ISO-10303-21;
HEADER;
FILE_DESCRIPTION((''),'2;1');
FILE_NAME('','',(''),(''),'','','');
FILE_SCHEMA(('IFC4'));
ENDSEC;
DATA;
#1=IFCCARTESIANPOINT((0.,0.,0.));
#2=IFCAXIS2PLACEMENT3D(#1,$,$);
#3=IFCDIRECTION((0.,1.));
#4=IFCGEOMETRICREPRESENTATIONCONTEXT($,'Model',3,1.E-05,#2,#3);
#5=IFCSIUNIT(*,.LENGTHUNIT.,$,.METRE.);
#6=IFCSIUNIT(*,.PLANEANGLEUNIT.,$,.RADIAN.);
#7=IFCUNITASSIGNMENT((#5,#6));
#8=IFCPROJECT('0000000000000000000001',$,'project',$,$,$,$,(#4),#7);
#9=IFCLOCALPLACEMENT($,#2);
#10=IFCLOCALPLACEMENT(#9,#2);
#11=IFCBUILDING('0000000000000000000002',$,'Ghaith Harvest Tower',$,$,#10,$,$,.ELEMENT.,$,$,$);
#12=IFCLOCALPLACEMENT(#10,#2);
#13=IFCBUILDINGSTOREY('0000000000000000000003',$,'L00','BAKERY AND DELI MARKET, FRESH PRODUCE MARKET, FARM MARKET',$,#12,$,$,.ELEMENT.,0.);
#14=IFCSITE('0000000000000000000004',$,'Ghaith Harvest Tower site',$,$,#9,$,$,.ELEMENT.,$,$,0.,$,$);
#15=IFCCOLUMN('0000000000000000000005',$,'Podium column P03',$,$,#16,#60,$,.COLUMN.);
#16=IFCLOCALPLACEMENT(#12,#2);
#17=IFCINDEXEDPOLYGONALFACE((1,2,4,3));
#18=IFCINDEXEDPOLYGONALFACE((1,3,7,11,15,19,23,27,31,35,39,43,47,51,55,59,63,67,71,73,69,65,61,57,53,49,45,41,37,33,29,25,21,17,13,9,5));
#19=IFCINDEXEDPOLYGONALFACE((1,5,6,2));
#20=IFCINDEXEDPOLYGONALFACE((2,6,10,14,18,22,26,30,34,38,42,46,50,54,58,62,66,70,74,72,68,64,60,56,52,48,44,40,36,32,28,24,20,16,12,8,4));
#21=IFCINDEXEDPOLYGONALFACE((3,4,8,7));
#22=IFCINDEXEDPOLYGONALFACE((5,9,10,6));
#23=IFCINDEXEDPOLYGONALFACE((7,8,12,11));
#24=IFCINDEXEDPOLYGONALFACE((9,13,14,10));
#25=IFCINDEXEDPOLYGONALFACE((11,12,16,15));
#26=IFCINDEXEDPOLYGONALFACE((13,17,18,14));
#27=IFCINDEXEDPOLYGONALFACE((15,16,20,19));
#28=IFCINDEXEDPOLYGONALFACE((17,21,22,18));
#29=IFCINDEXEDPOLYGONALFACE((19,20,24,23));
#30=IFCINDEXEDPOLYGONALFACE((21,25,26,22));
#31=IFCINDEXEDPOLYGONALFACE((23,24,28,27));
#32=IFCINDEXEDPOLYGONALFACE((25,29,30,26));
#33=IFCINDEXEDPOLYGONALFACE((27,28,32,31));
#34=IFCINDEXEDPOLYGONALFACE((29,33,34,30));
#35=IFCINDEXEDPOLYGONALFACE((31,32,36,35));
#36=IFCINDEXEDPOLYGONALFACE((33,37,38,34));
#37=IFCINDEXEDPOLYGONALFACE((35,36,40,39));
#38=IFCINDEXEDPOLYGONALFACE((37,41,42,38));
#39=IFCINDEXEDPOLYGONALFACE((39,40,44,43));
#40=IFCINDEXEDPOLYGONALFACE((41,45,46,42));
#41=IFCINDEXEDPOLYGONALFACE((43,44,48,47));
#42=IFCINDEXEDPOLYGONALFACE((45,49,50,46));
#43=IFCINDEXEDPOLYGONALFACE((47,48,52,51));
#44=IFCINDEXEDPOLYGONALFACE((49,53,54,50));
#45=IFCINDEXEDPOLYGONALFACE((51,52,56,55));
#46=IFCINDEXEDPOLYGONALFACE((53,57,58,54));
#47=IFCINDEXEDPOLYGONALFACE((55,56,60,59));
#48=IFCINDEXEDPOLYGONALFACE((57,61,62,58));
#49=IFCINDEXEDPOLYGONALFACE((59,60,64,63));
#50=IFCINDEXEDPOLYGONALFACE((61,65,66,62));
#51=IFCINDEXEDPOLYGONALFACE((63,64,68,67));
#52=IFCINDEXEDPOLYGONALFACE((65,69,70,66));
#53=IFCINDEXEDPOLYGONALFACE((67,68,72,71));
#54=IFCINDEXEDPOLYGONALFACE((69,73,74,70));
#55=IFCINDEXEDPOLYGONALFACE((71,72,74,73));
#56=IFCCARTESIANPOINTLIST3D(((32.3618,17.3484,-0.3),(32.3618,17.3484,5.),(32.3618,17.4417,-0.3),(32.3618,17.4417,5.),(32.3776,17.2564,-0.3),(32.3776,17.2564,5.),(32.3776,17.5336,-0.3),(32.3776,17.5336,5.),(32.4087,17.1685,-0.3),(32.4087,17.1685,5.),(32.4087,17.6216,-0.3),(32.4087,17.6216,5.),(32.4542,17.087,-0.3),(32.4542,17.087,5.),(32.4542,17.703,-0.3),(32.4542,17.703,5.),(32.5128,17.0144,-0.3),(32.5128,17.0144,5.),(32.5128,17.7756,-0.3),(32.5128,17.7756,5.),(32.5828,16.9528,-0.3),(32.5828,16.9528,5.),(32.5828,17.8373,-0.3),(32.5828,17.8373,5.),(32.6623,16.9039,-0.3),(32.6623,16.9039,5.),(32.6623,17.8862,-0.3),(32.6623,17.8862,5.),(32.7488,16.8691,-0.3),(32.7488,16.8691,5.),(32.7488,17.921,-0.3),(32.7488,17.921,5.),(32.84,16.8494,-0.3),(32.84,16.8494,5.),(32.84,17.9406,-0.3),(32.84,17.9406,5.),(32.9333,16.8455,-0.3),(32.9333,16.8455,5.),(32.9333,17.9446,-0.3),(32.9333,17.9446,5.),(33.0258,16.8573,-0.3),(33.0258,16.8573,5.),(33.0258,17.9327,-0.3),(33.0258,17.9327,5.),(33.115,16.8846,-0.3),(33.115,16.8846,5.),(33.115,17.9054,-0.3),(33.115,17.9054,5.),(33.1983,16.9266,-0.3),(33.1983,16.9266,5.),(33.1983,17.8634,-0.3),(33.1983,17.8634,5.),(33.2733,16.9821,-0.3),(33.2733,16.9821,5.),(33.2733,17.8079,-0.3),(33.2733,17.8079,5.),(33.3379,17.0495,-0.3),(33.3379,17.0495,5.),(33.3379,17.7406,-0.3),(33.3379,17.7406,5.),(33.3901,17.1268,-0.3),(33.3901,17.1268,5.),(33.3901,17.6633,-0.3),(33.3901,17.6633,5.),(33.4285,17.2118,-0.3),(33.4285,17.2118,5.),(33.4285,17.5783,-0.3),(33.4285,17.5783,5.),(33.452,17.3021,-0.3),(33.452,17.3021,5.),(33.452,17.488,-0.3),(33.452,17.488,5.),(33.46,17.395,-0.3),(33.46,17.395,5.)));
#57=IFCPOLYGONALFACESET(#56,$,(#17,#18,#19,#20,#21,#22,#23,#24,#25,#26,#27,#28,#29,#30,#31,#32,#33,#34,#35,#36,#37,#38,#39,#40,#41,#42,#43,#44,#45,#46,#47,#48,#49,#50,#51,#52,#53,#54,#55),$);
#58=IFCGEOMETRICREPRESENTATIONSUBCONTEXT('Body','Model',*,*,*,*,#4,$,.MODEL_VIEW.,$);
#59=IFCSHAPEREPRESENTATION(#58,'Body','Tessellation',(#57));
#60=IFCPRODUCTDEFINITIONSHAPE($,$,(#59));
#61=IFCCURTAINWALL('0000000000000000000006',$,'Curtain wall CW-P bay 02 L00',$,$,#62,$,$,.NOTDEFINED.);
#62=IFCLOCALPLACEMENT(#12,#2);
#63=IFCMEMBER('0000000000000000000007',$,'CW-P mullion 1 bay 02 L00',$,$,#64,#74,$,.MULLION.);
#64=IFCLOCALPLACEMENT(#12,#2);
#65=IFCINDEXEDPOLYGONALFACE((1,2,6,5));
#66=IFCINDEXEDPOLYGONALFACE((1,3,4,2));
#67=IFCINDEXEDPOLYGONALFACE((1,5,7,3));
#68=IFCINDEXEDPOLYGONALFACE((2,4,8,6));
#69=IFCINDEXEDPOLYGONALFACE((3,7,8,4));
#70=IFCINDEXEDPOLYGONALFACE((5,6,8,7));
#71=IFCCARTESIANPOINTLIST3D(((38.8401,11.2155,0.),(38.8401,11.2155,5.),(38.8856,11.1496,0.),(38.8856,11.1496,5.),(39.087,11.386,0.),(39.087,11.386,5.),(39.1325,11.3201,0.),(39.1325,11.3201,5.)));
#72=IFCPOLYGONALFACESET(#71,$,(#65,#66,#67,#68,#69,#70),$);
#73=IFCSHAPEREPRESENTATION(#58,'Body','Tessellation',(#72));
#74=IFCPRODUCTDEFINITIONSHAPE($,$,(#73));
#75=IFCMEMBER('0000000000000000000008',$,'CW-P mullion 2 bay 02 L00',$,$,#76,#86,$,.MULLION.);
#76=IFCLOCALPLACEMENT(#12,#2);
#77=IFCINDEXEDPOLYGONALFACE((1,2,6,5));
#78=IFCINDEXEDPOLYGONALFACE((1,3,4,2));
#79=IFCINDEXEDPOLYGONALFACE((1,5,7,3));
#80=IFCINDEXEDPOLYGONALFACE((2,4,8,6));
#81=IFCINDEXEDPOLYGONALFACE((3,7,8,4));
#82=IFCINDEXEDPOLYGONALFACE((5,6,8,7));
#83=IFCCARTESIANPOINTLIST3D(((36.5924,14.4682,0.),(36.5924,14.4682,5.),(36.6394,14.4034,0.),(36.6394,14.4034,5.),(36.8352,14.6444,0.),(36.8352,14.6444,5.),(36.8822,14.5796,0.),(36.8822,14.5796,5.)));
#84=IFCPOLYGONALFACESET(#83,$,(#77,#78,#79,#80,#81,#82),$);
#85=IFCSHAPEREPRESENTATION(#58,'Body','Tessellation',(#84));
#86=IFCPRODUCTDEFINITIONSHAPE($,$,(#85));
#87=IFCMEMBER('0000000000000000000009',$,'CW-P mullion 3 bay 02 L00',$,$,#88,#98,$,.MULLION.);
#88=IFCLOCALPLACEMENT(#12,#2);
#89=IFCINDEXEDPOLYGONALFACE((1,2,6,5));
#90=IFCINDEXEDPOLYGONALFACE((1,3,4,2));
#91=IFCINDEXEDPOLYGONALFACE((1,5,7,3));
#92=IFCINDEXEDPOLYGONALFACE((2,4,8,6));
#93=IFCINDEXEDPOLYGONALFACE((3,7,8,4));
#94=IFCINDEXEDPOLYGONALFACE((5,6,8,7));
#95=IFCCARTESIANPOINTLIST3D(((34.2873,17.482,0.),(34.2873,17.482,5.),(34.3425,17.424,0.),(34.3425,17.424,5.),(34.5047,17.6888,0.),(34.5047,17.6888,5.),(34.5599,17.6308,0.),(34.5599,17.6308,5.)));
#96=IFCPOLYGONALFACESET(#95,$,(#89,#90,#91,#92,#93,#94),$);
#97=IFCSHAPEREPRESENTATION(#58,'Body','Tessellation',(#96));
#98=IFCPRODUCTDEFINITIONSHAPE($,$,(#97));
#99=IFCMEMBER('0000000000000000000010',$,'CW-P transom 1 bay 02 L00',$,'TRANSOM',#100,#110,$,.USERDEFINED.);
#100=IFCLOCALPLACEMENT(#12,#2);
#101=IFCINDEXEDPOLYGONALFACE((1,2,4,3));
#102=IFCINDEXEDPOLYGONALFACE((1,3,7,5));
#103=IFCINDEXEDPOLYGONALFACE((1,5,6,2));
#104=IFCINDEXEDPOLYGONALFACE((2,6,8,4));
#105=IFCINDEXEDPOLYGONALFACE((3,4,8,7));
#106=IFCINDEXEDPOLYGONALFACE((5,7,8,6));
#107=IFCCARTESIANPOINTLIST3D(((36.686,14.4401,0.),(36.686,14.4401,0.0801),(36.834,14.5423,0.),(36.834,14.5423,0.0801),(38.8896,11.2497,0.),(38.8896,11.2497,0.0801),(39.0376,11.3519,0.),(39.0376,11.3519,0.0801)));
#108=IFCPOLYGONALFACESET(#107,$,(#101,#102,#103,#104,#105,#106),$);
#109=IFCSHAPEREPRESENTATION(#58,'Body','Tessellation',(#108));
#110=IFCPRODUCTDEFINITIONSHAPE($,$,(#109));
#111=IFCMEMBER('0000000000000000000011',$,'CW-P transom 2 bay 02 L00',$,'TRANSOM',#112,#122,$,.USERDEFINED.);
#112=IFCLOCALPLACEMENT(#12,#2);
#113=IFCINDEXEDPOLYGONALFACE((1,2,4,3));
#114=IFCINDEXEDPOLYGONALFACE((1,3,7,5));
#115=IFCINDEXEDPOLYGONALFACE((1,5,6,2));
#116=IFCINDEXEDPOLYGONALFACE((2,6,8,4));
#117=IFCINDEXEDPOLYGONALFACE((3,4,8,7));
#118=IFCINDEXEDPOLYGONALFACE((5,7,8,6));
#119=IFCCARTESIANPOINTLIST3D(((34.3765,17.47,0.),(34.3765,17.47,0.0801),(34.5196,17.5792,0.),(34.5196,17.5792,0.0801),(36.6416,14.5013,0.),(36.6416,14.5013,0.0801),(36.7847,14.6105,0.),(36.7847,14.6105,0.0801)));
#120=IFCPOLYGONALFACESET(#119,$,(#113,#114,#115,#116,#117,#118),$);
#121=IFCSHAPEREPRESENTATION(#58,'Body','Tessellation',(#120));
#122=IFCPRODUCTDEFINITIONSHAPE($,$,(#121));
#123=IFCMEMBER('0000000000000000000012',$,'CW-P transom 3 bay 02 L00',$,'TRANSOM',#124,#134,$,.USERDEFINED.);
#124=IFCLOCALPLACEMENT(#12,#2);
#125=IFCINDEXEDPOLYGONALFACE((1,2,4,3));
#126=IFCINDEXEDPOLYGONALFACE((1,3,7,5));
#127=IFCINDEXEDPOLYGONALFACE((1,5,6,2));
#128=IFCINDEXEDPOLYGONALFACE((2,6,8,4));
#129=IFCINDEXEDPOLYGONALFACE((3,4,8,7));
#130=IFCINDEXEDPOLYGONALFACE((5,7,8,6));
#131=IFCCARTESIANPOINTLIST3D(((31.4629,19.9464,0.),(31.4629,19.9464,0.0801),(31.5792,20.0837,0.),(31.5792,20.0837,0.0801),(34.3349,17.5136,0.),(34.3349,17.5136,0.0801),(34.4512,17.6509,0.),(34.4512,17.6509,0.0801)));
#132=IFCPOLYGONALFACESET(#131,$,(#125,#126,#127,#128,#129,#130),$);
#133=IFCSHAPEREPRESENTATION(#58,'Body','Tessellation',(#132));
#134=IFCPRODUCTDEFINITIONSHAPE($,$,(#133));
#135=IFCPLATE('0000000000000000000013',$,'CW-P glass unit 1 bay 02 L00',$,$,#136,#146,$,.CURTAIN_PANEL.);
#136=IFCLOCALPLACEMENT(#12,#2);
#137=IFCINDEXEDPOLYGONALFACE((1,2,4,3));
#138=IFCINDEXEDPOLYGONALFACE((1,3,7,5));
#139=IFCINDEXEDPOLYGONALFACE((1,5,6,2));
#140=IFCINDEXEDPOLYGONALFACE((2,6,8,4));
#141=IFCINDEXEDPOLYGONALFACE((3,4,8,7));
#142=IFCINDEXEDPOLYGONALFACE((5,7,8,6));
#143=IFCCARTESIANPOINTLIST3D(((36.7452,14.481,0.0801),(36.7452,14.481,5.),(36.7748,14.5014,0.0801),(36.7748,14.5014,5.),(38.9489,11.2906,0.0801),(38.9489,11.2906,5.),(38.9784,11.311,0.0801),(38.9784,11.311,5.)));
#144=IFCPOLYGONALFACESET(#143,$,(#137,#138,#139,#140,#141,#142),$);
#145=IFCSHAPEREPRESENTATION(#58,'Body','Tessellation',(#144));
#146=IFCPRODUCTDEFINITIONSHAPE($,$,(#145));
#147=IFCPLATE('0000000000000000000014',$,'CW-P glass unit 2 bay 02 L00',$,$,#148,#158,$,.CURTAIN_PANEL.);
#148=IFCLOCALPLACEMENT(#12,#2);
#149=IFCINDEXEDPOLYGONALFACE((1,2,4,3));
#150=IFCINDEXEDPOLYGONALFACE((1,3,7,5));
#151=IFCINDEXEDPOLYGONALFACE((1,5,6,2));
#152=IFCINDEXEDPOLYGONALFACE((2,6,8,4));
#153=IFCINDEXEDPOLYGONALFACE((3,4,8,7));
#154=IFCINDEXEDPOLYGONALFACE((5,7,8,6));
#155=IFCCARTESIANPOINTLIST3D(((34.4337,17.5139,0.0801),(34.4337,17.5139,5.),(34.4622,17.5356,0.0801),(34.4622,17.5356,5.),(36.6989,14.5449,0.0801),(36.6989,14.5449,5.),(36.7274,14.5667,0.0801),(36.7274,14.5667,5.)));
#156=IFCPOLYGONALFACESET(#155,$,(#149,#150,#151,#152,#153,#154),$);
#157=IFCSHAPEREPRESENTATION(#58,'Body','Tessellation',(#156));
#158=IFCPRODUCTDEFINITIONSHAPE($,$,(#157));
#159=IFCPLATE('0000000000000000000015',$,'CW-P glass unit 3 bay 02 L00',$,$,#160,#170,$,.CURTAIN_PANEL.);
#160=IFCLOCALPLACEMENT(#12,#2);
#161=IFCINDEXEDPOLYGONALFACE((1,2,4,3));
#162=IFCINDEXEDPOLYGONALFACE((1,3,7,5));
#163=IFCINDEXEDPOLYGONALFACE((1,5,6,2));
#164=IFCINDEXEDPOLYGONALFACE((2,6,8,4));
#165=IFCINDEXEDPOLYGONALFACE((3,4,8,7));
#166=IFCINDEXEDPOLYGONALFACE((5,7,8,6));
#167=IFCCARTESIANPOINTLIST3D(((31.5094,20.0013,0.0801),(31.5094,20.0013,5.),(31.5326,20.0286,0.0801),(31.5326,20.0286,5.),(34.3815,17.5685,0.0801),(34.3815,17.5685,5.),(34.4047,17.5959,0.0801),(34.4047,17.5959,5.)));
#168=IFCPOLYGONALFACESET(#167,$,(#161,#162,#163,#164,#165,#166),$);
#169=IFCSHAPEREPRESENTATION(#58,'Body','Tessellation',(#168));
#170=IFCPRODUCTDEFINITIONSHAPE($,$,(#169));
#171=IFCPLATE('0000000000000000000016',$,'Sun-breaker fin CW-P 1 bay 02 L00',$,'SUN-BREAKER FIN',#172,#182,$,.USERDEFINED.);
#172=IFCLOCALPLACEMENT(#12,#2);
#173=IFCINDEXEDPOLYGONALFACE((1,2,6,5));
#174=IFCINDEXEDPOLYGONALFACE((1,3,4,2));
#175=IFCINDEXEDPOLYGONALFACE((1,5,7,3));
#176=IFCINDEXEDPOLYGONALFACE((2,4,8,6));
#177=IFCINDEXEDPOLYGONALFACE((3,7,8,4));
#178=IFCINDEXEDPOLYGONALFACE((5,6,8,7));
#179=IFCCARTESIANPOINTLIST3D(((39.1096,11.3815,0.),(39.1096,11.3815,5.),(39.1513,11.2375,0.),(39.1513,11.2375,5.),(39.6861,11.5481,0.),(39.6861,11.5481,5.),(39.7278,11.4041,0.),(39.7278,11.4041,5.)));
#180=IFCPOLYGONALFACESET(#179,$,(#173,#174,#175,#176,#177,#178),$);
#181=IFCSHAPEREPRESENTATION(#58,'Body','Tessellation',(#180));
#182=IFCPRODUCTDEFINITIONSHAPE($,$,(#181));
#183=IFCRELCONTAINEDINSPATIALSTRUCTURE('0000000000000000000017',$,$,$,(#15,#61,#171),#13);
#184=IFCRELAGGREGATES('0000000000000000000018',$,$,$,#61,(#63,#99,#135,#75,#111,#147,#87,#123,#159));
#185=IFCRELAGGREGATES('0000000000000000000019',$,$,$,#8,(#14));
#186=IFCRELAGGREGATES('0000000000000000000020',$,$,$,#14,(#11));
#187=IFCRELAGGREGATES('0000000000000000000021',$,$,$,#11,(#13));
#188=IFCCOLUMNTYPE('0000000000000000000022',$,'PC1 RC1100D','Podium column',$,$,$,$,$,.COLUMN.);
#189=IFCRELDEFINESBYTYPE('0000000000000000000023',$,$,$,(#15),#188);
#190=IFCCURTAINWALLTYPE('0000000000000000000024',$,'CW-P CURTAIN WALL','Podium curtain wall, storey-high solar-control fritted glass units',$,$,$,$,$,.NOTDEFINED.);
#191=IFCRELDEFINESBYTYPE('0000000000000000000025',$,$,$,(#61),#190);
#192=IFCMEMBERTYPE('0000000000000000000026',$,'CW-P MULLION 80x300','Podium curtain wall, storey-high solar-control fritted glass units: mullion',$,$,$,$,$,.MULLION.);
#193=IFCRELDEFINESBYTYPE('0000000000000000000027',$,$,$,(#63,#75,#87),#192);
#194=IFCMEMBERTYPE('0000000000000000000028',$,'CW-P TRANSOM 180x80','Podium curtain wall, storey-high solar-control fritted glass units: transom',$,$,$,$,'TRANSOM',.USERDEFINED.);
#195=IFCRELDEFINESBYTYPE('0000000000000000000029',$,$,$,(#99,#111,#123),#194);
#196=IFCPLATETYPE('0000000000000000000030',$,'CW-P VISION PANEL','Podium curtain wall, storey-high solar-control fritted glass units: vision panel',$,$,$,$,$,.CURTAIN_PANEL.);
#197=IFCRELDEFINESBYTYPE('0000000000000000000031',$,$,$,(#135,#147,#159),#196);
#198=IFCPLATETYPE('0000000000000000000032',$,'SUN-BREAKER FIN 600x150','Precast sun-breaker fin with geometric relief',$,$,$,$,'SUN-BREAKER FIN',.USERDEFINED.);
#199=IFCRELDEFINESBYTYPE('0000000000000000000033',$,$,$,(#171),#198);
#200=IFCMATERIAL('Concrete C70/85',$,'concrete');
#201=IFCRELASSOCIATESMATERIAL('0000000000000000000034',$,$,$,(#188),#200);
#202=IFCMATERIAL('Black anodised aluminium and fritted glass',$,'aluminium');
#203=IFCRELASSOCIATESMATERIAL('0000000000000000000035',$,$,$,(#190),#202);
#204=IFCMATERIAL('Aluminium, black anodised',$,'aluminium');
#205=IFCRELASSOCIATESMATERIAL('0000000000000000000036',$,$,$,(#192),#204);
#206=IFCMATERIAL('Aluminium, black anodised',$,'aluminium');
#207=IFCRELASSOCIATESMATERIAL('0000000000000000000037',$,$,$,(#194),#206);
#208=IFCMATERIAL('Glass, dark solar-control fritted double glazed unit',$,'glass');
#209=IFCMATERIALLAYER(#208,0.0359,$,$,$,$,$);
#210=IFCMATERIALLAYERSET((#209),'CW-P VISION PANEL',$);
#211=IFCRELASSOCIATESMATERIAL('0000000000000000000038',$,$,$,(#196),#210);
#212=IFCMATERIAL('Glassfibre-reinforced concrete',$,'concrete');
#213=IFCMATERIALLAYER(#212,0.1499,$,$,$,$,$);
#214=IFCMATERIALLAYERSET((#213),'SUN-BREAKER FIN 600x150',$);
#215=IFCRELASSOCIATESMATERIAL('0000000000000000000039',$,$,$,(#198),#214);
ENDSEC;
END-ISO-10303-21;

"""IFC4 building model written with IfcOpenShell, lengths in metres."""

from ifc_helpers import new_model, si_unit, direction, frame, origin, origin_2d, place, context, subcontext, project, spatial, rectangle, circle, extrude, material, layer, layer_set, material_profile, profile_set, type_object, element, aggregate, save


model = new_model("IFC4")

# Units and contexts
model_context = context("Model", 3, precision=1e-05, world=origin(), true_north=direction((0.0, 1.0)))
body_context = subcontext(model_context, "Body", "Model", "MODEL_VIEW")
ifc_project = project(units=[si_unit("LENGTHUNIT", "METRE"), si_unit("PLANEANGLEUNIT", "RADIAN")], contexts=[model_context])

# Site, building, storey
site_placement = place(None, origin())
site = spatial("IfcSite", under=ifc_project, at=site_placement, Name="Ghaith Harvest Tower site", CompositionType="ELEMENT", RefElevation=0.0)
building_placement = place(site_placement, origin())
building = spatial("IfcBuilding", under=site, at=building_placement, Name="Ghaith Harvest Tower", CompositionType="ELEMENT")
storey_placement = place(building_placement, origin())
storey = spatial("IfcBuildingStorey", under=building, at=storey_placement, Name="L00", Description="BAKERY AND DELI MARKET, FRESH PRODUCE MARKET, FARM MARKET", CompositionType="ELEMENT", Elevation=0.0)

# Column
ifc_material_1 = material(Name="Concrete C70/85", Category="concrete")
ifc_material_profile_1 = material_profile(ifc_material_1, circle(Radius=0.55, at=origin_2d()), Name="RC1100D")
ifc_profile_set_1 = profile_set([ifc_material_profile_1], Name="Concrete C70/85")
column_type = type_object("IfcColumnType", Name="PC1 RC1100D", Description="Podium column", PredefinedType="COLUMN", material=ifc_profile_set_1)
column_placement = place(storey_placement, frame((32.9099, 17.395, -0.3), z_axis=(0.0, 0.0, 1.0), x_axis=(1.0, 0.0, 0.0)))
element("IfcColumn", 1, at=column_placement, inside=storey, type_object=column_type, Name="Podium column P03", PredefinedType="COLUMN", context=body_context, shape_type="SweptSolid", body=[
    extrude(circle(Radius=0.55, at=origin_2d()), origin(), (0.0, 0.0, 1.0), 5.3),
])

# Curtain wall, members, plates
ifc_material_2 = material(Name="Black anodised aluminium and fritted glass", Category="aluminium")
curtain_wall_type = type_object("IfcCurtainWallType", Name="CW-P CURTAIN WALL", Description="Podium curtain wall, storey-high solar-control fritted glass units", PredefinedType="NOTDEFINED", material=ifc_material_2)
curtain_wall_placement = place(storey_placement, origin())
curtain_wall = element("IfcCurtainWall", 2, at=curtain_wall_placement, inside=storey, type_object=curtain_wall_type, Name="Curtain wall CW-P bay 02 L00", PredefinedType="NOTDEFINED")
ifc_material_3 = material(Name="Aluminium, black anodised", Category="aluminium")
ifc_material_profile_2 = material_profile(ifc_material_3, rectangle(XDim=0.0801, YDim=0.3, at=origin_2d()), Name="CW-P MULLION 80x300")
ifc_profile_set_2 = profile_set([ifc_material_profile_2], Name="Aluminium, black anodised")
member_type_1 = type_object("IfcMemberType", Name="CW-P MULLION 80x300", Description="Podium curtain wall, storey-high solar-control fritted glass units: mullion", PredefinedType="MULLION", material=ifc_profile_set_2)
member_1_placement = place(storey_placement, frame((38.9863, 11.2678, 0.0), z_axis=(0.0, 0.0, 1.0), x_axis=(-0.56832, 0.822808, 0.0)))
member_1 = element("IfcMember", 3, at=member_1_placement, type_object=member_type_1, Name="CW-P mullion 1 bay 02 L00", PredefinedType="MULLION", context=body_context, shape_type="SweptSolid", body=[
    extrude(rectangle(XDim=0.0801, YDim=0.3, at=origin_2d()), origin(), (0.0, 0.0, 1.0), 5.0),
])
member_2_placement = place(storey_placement, frame((36.7373, 14.5239, 0.0), z_axis=(0.0, 0.0, 1.0), x_axis=(-0.587258, 0.8094, 0.0)))
member_2 = element("IfcMember", 4, at=member_2_placement, type_object=member_type_1, Name="CW-P mullion 2 bay 02 L00", PredefinedType="MULLION", context=body_context, shape_type="SweptSolid", body=[
    extrude(rectangle(XDim=0.0801, YDim=0.3, at=origin_2d()), origin(), (0.0, 0.0, 1.0), 5.0),
])
member_3_placement = place(storey_placement, frame((34.4236, 17.5564, 0.0), z_axis=(0.0, 0.0, 1.0), x_axis=(-0.689143, 0.724625, 0.0)))
member_3 = element("IfcMember", 5, at=member_3_placement, type_object=member_type_1, Name="CW-P mullion 3 bay 02 L00", PredefinedType="MULLION", context=body_context, shape_type="SweptSolid", body=[
    extrude(rectangle(XDim=0.0801, YDim=0.3, at=origin_2d()), origin(), (0.0, 0.0, 1.0), 5.0),
])
ifc_material_4 = material(Name="Aluminium, black anodised", Category="aluminium")
ifc_material_profile_3 = material_profile(ifc_material_4, rectangle(XDim=0.1799, YDim=0.0801, at=origin_2d()), Name="CW-P TRANSOM 180x80")
ifc_profile_set_3 = profile_set([ifc_material_profile_3], Name="Aluminium, black anodised")
member_type_2 = type_object("IfcMemberType", Name="CW-P TRANSOM 180x80", Description="Podium curtain wall, storey-high solar-control fritted glass units: transom", ElementType="TRANSOM", PredefinedType="USERDEFINED", material=ifc_profile_set_3)
member_4_placement = place(storey_placement, frame((38.9636, 11.3008, 0.04), z_axis=(-0.568313, 0.822813, 0.0), x_axis=(-0.822813, -0.568313, 0.0)))
member_4 = element("IfcMember", 6, at=member_4_placement, type_object=member_type_2, Name="CW-P transom 1 bay 02 L00", ObjectType="TRANSOM", PredefinedType="USERDEFINED", context=body_context, shape_type="SweptSolid", body=[
    extrude(rectangle(XDim=0.1799, YDim=0.0801, at=origin_2d()), origin(), (0.0, 0.0, 1.0), 3.8774),
])
member_5_placement = place(storey_placement, frame((36.7131, 14.5559, 0.04), z_axis=(-0.606591, 0.795014, 0.0), x_axis=(-0.795014, -0.606591, 0.0)))
member_5 = element("IfcMember", 7, at=member_5_placement, type_object=member_type_2, Name="CW-P transom 2 bay 02 L00", ObjectType="TRANSOM", PredefinedType="USERDEFINED", context=body_context, shape_type="SweptSolid", body=[
    extrude(rectangle(XDim=0.1799, YDim=0.0801, at=origin_2d()), origin(), (0.0, 0.0, 1.0), 3.7341),
])
member_6_placement = place(storey_placement, frame((34.3931, 17.5823, 0.04), z_axis=(-0.763039, 0.646352, 0.0), x_axis=(-0.646352, -0.763039, 0.0)))
member_6 = element("IfcMember", 8, at=member_6_placement, type_object=member_type_2, Name="CW-P transom 3 bay 02 L00", ObjectType="TRANSOM", PredefinedType="USERDEFINED", context=body_context, shape_type="SweptSolid", body=[
    extrude(rectangle(XDim=0.1799, YDim=0.0801, at=origin_2d()), origin(), (0.0, 0.0, 1.0), 3.7639),
])
ifc_material_5 = material(Name="Glass, dark solar-control fritted double glazed unit", Category="glass")
ifc_layer_1 = layer(ifc_material_5, 0.0359)
ifc_layer_set_1 = layer_set([ifc_layer_1], Name="CW-P VISION PANEL")
plate_type_1 = type_object("IfcPlateType", Name="CW-P VISION PANEL", Description="Podium curtain wall, storey-high solar-control fritted glass units: vision panel", PredefinedType="CURTAIN_PANEL", material=ifc_layer_set_1)
plate_1_placement = place(storey_placement, frame((37.8618, 12.896, 0.0801), z_axis=(0.0, 0.0, 1.0), x_axis=(-0.56832, 0.822808, 0.0)))
plate_1 = element("IfcPlate", 9, at=plate_1_placement, type_object=plate_type_1, Name="CW-P glass unit 1 bay 02 L00", PredefinedType="CURTAIN_PANEL", context=body_context, shape_type="SweptSolid", body=[
    extrude(rectangle(XDim=3.8774, YDim=0.0359, at=origin_2d()), origin(), (0.0, 0.0, 1.0), 4.9199),
])
plate_2_placement = place(storey_placement, frame((35.5806, 16.0403, 0.0801), z_axis=(0.0, 0.0, 1.0), x_axis=(-0.606572, 0.795028, 0.0)))
plate_2 = element("IfcPlate", 10, at=plate_2_placement, type_object=plate_type_1, Name="CW-P glass unit 2 bay 02 L00", PredefinedType="CURTAIN_PANEL", context=body_context, shape_type="SweptSolid", body=[
    extrude(rectangle(XDim=3.7344, YDim=0.0359, at=origin_2d()), origin(), (0.0, 0.0, 1.0), 4.9199),
])
plate_3_placement = place(storey_placement, frame((32.957, 18.7986, 0.0801), z_axis=(0.0, 0.0, 1.0), x_axis=(-0.763058, 0.64633, 0.0)))
plate_3 = element("IfcPlate", 11, at=plate_3_placement, type_object=plate_type_1, Name="CW-P glass unit 3 bay 02 L00", PredefinedType="CURTAIN_PANEL", context=body_context, shape_type="SweptSolid", body=[
    extrude(rectangle(XDim=3.7639, YDim=0.0359, at=origin_2d()), origin(), (0.0, 0.0, 1.0), 4.9199),
])
aggregate(curtain_wall, [member_1, member_4, plate_1, member_2, member_5, plate_2, member_3, member_6, plate_3])

# Plate
ifc_material_6 = material(Name="Glassfibre-reinforced concrete", Category="concrete")
ifc_layer_2 = layer(ifc_material_6, 0.1499)
ifc_layer_set_2 = layer_set([ifc_layer_2], Name="SUN-BREAKER FIN 600x150")
plate_type_2 = type_object("IfcPlateType", Name="SUN-BREAKER FIN 600x150", Description="Precast sun-breaker fin with geometric relief", ElementType="SUN-BREAKER FIN", PredefinedType="USERDEFINED", material=ifc_layer_set_2)
for number, where, z_axis, x_axis, name in (
    (12, (39.4187, 11.3928, 0.0), (0.0, 0.0, 1.0), (0.96068, 0.277657, 0.0), "Sun-breaker fin CW-P 1 bay 02 L00"),
):
    element("IfcPlate", number, at=place(storey_placement, frame(where, z_axis=z_axis, x_axis=x_axis)), inside=storey, type_object=plate_type_2, Name=name, ObjectType="SUN-BREAKER FIN", PredefinedType="USERDEFINED", context=body_context, shape_type="SweptSolid", body=[
        extrude(rectangle(XDim=0.6001, YDim=0.1499, at=origin_2d()), origin(), (0.0, 0.0, 1.0), 5.0),
    ])

save(model, "model.ifc")
